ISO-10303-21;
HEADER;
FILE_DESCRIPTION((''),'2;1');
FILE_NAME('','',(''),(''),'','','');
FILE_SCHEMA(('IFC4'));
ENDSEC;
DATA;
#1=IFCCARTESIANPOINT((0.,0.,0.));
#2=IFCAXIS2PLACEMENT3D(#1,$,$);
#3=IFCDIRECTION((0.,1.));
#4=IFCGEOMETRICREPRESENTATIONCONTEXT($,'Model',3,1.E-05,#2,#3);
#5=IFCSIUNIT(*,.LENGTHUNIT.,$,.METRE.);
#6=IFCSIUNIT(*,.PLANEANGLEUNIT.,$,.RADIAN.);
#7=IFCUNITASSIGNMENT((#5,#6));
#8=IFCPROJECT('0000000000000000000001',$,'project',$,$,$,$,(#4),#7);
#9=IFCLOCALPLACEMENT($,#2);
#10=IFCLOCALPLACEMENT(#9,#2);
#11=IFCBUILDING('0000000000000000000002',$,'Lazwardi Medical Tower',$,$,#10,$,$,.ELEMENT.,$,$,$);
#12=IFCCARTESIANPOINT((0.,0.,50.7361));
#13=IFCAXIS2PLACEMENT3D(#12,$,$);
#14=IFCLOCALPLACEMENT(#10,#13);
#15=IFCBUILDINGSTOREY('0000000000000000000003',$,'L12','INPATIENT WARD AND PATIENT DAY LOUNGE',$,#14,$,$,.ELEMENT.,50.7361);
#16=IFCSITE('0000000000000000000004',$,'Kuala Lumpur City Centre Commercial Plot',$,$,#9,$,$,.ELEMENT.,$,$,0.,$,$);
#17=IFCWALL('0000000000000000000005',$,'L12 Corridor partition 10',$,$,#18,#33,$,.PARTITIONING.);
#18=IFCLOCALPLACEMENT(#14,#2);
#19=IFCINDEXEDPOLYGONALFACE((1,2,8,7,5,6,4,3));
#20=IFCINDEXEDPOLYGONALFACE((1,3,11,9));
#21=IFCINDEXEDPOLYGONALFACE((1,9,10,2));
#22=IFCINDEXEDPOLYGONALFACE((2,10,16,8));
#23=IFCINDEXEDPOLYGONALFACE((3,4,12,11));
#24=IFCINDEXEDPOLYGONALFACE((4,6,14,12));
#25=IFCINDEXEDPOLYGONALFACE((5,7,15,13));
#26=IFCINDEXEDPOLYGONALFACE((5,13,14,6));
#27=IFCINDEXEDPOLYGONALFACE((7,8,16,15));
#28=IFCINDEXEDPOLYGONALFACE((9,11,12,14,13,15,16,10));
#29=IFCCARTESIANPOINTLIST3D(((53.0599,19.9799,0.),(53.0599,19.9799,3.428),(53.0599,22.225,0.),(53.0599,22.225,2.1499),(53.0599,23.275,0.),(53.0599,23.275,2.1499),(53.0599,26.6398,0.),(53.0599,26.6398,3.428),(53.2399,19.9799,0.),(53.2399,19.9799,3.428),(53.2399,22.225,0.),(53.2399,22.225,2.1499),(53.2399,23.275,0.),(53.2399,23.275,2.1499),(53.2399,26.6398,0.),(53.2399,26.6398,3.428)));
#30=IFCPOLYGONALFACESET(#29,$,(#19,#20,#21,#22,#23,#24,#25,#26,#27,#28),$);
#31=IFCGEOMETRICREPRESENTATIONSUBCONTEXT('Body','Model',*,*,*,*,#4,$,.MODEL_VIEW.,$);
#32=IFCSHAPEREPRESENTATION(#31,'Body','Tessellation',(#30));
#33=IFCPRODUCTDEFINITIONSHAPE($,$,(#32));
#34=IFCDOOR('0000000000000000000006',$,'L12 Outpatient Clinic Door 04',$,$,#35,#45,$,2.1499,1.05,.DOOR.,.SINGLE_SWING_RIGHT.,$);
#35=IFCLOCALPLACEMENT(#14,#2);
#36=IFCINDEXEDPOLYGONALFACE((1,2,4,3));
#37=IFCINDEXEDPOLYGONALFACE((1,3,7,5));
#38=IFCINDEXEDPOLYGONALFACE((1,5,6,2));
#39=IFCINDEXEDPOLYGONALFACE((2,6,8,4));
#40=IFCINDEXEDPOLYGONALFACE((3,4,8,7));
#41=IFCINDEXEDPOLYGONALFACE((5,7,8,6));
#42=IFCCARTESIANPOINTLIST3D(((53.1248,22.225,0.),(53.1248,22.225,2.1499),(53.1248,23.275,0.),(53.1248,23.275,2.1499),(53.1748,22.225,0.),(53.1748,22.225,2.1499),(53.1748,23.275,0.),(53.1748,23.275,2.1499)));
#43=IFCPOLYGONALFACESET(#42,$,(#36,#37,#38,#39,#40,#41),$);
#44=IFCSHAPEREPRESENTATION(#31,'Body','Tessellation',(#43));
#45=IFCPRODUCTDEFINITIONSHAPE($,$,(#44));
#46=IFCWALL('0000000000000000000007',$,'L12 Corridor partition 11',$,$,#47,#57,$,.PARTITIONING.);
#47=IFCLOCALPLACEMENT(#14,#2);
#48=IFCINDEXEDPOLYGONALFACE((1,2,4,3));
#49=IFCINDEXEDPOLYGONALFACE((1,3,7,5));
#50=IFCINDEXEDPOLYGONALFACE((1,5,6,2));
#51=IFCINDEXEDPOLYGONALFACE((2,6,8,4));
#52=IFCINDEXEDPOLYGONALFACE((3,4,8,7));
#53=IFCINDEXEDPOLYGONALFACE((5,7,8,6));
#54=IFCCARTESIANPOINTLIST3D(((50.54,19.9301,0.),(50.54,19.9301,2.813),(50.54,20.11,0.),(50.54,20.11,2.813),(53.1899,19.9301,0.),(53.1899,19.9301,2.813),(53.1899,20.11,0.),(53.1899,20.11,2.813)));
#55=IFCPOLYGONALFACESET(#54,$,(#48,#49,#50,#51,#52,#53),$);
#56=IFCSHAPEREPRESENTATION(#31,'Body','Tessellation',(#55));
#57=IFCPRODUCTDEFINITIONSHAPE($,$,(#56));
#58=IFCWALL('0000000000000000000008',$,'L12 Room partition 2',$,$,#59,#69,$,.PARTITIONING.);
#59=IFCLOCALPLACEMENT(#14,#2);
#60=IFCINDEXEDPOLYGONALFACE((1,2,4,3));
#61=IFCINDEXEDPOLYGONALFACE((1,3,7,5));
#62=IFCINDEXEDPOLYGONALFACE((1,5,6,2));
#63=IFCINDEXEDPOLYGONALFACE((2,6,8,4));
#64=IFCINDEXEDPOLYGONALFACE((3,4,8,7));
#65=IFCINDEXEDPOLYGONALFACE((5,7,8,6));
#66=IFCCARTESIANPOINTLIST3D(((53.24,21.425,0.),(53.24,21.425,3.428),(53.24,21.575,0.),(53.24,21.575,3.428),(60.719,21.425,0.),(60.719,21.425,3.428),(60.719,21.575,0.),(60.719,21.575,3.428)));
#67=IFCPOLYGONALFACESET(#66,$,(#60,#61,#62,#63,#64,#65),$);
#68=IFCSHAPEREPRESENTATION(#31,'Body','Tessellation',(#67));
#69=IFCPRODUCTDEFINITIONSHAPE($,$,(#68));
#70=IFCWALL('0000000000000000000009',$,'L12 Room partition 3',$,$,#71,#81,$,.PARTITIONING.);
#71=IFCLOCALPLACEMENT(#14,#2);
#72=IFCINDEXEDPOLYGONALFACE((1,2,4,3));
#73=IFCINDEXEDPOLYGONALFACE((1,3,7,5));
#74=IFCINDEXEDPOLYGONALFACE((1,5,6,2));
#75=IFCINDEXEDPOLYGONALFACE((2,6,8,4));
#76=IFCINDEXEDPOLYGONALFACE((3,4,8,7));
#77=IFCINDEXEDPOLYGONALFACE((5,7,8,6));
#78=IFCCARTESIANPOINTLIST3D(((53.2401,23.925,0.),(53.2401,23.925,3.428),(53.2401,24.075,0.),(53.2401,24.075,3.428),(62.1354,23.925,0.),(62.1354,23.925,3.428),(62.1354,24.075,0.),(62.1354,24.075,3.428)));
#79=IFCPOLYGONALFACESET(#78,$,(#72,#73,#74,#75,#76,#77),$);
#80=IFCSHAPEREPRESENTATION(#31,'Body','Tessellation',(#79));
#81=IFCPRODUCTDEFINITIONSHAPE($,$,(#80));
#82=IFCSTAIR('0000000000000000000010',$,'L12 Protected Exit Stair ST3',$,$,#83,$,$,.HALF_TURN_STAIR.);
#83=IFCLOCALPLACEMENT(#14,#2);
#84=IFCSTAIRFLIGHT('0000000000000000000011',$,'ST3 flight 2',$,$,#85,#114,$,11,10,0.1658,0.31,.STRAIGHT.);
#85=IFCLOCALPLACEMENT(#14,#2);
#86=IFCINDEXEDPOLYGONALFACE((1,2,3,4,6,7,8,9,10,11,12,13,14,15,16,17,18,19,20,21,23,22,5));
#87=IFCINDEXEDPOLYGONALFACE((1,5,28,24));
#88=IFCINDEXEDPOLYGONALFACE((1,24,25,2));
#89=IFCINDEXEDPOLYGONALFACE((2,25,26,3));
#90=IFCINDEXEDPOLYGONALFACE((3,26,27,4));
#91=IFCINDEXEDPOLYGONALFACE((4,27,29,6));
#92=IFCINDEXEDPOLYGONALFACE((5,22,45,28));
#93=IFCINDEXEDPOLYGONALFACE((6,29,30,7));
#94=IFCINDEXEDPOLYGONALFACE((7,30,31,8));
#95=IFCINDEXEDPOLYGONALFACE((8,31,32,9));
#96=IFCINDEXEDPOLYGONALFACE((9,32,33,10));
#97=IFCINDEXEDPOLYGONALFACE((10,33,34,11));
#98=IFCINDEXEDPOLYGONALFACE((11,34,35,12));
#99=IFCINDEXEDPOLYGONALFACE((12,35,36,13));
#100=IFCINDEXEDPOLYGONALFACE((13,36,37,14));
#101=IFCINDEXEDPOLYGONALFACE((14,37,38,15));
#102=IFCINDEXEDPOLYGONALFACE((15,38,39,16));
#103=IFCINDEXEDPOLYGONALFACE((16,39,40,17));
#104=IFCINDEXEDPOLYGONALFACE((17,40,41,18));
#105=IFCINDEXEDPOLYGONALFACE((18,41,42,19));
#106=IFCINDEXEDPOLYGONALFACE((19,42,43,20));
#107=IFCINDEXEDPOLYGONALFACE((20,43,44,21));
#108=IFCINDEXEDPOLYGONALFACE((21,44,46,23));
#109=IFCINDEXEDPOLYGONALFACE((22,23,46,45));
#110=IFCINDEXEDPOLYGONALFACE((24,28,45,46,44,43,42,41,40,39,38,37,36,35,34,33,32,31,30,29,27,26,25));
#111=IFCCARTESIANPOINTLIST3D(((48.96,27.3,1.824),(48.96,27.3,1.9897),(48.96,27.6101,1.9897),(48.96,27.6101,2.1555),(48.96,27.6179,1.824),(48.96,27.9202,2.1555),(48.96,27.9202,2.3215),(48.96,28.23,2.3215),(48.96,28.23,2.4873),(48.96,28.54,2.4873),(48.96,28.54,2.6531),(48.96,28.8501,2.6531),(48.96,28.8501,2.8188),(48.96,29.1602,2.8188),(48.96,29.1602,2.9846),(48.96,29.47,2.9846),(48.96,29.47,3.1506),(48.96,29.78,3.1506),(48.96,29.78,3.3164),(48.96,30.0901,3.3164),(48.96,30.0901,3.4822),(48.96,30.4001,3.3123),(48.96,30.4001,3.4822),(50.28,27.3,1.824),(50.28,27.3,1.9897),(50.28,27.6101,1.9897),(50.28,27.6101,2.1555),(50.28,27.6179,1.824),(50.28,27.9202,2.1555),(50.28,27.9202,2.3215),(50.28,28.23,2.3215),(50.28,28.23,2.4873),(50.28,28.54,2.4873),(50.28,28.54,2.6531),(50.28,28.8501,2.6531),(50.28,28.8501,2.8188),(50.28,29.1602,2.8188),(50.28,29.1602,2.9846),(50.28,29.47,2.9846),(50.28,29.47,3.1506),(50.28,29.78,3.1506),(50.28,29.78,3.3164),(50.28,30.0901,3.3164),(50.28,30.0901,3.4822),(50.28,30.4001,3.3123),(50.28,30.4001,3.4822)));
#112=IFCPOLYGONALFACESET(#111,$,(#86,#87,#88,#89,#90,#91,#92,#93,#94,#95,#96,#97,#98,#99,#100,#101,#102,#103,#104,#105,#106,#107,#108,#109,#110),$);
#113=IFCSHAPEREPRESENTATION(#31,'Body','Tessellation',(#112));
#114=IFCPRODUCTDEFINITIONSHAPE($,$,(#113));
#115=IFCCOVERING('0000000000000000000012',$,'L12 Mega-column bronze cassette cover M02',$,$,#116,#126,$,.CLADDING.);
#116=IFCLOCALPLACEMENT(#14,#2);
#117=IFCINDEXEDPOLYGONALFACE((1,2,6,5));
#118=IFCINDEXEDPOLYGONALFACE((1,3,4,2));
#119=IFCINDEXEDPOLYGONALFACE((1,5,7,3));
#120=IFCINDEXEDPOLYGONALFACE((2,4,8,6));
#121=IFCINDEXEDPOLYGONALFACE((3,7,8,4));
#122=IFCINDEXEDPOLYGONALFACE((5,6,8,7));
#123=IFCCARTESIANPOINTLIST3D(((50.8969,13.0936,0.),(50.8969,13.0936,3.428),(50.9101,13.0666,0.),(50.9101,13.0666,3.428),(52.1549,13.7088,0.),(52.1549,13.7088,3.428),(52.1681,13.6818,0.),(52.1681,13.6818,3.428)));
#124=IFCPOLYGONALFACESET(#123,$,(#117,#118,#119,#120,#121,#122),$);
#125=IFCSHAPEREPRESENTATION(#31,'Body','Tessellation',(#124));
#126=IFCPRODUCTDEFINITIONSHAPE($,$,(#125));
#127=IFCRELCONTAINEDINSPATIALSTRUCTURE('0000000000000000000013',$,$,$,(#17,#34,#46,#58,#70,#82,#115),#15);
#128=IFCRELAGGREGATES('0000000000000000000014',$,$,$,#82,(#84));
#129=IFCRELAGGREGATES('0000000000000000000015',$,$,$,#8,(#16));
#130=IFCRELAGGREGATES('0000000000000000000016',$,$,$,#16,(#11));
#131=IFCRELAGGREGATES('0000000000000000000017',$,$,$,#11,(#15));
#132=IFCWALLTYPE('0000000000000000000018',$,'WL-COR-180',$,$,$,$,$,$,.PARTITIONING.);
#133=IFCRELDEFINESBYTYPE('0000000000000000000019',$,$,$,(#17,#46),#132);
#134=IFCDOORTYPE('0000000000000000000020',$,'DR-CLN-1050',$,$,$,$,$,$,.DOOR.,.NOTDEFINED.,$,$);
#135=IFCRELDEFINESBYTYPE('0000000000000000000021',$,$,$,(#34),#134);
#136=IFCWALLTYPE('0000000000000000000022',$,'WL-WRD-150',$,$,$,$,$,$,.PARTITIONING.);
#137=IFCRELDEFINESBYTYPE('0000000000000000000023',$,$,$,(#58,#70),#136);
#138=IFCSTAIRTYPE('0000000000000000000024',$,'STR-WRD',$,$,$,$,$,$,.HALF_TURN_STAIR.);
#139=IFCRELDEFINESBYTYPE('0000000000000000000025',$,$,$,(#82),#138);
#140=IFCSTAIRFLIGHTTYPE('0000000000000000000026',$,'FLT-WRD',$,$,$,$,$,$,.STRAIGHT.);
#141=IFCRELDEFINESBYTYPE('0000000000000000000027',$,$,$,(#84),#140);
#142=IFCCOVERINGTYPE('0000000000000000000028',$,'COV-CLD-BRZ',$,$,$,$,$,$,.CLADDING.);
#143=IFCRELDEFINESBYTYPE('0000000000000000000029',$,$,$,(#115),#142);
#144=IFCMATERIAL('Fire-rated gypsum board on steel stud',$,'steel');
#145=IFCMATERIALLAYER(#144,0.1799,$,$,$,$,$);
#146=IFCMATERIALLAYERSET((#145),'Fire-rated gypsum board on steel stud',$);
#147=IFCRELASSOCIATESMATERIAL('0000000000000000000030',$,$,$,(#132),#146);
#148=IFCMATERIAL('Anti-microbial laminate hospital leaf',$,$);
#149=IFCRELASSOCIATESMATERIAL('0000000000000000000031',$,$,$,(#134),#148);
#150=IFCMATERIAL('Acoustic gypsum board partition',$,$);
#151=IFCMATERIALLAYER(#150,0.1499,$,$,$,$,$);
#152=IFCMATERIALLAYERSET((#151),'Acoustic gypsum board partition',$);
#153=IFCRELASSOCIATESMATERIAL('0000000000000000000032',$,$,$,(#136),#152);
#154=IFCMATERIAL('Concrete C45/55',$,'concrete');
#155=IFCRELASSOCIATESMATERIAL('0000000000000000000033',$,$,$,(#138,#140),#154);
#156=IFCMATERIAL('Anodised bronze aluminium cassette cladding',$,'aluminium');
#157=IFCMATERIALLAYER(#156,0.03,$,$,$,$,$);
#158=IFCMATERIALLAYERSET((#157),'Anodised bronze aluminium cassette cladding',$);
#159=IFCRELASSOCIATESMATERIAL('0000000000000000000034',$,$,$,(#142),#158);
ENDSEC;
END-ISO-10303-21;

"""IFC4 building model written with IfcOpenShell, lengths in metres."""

from ifc_helpers import new_model, si_unit, direction, frame, frame_2d, origin, origin_2d, place, context, subcontext, project, spatial, polyline, rectangle, outline, extrude, material, layer, layer_set, type_object, element, fill, aggregate, save


model = new_model("IFC4")

# Units and contexts
model_context = context("Model", 3, precision=1e-05, world=origin(), true_north=direction((0.0, 1.0)))
body_context = subcontext(model_context, "Body", "Model", "MODEL_VIEW")
ifc_project = project(units=[si_unit("LENGTHUNIT", "METRE"), si_unit("PLANEANGLEUNIT", "RADIAN")], contexts=[model_context])

# Site, building, storey
site_placement = place(None, origin())
site = spatial("IfcSite", under=ifc_project, at=site_placement, Name="Kuala Lumpur City Centre Commercial Plot", CompositionType="ELEMENT", RefElevation=0.0)
building_placement = place(site_placement, origin())
building = spatial("IfcBuilding", under=site, at=building_placement, Name="Lazwardi Medical Tower", CompositionType="ELEMENT")
storey_placement = place(building_placement, frame((0.0, 0.0, 50.7361)))
storey = spatial("IfcBuildingStorey", under=building, at=storey_placement, Name="L12", Description="INPATIENT WARD AND PATIENT DAY LOUNGE", CompositionType="ELEMENT", Elevation=50.7361)

# Wall, opening, door
ifc_material_1 = material(Name="Fire-rated gypsum board on steel stud", Category="steel")
ifc_layer_1 = layer(ifc_material_1, 0.1799)
ifc_layer_set_1 = layer_set([ifc_layer_1], Name="Fire-rated gypsum board on steel stud")
wall_type_1 = type_object("IfcWallType", Name="WL-COR-180", PredefinedType="PARTITIONING", material=ifc_layer_set_1)
wall_1_placement = place(storey_placement, frame((53.1499, 26.6399, 0.0), z_axis=(0.0, 0.0, 1.0), x_axis=(0.0, -1.0, 0.0)))
wall_1 = element("IfcWall", 1, at=wall_1_placement, inside=storey, type_object=wall_type_1, Name="L12 Corridor partition 10", PredefinedType="PARTITIONING", context=body_context, shape_type="SweptSolid", body=[
    extrude(rectangle(XDim=6.6599, YDim=0.1799, at=frame_2d((3.3301, 0.0))), origin(), (0.0, 0.0, 1.0), 3.428),
])
opening_placement = place(wall_1_placement, frame((3.365, 0.0, 0.0)))
opening = element("IfcOpeningElement", 2, at=opening_placement, cuts=wall_1, PredefinedType="OPENING", context=body_context, shape_type="SweptSolid", body=[
    extrude(rectangle(XDim=1.05, YDim=2.1499, at=frame_2d((0.5249, 1.075))), frame((0.0, 0.0999, 0.0), z_axis=(0.0, -1.0, 0.0), x_axis=(1.0, 0.0, 0.0)), (0.0, 0.0, 1.0), 0.2),
])
ifc_material_2 = material(Name="Anti-microbial laminate hospital leaf")
door_type = type_object("IfcDoorType", Name="DR-CLN-1050", OperationType="NOTDEFINED", PredefinedType="DOOR", material=ifc_material_2)
door_placement = place(opening_placement, origin())
door = element("IfcDoor", 3, at=door_placement, inside=storey, type_object=door_type, Name="L12 Outpatient Clinic Door 04", OperationType="SINGLE_SWING_RIGHT", OverallHeight=2.1499, OverallWidth=1.05, PredefinedType="DOOR", context=body_context, shape_type="SweptSolid", body=[
    extrude(rectangle(XDim=1.05, YDim=2.1499, at=frame_2d((0.5249, 1.075))), frame((0.0, 0.0249, 0.0), z_axis=(0.0, -1.0, 0.0), x_axis=(1.0, 0.0, 0.0)), (0.0, 0.0, 1.0), 0.05),
])
fill(opening, door)

# Walls
wall_2_placement = place(storey_placement, frame((53.1899, 20.02, 0.0), z_axis=(0.0, 0.0, 1.0), x_axis=(-1.0, 0.0, 0.0)))
element("IfcWall", 4, at=wall_2_placement, inside=storey, type_object=wall_type_1, Name="L12 Corridor partition 11", PredefinedType="PARTITIONING", context=body_context, shape_type="SweptSolid", body=[
    extrude(rectangle(XDim=2.6499, YDim=0.1799, at=frame_2d((1.325, 0.0))), origin(), (0.0, 0.0, 1.0), 2.813),
])
ifc_material_3 = material(Name="Acoustic gypsum board partition")
ifc_layer_2 = layer(ifc_material_3, 0.1499)
ifc_layer_set_2 = layer_set([ifc_layer_2], Name="Acoustic gypsum board partition")
wall_type_2 = type_object("IfcWallType", Name="WL-WRD-150", PredefinedType="PARTITIONING", material=ifc_layer_set_2)
wall_3_placement = place(storey_placement, frame((53.24, 21.5, 0.0), z_axis=(0.0, 0.0, 1.0), x_axis=(1.0, 0.0, 0.0)))
element("IfcWall", 5, at=wall_3_placement, inside=storey, type_object=wall_type_2, Name="L12 Room partition 2", PredefinedType="PARTITIONING", context=body_context, shape_type="SweptSolid", body=[
    extrude(rectangle(XDim=7.479, YDim=0.1499, at=frame_2d((3.7395, 0.0))), origin(), (0.0, 0.0, 1.0), 3.428),
])
wall_4_placement = place(storey_placement, frame((53.24, 24.0, 0.0), z_axis=(0.0, 0.0, 1.0), x_axis=(1.0, 0.0, 0.0)))
element("IfcWall", 6, at=wall_4_placement, inside=storey, type_object=wall_type_2, Name="L12 Room partition 3", PredefinedType="PARTITIONING", context=body_context, shape_type="SweptSolid", body=[
    extrude(rectangle(XDim=8.8953, YDim=0.1499, at=frame_2d((4.4478, 0.0))), origin(), (0.0, 0.0, 1.0), 3.428),
])

# Stair, stair flight
ifc_material_4 = material(Name="Concrete C45/55", Category="concrete")
stair_type = type_object("IfcStairType", Name="STR-WRD", PredefinedType="HALF_TURN_STAIR", material=ifc_material_4)
stair_placement = place(storey_placement, origin())
stair = element("IfcStair", 7, at=stair_placement, inside=storey, type_object=stair_type, Name="L12 Protected Exit Stair ST3", PredefinedType="HALF_TURN_STAIR")
stair_flight_type = type_object("IfcStairFlightType", Name="FLT-WRD", PredefinedType="STRAIGHT", material=ifc_material_4)
stair_flight_placement = place(storey_placement, frame((49.6201, 27.3, 1.824), z_axis=(0.0, 0.0, 1.0), x_axis=(0.0, 1.0, 0.0)))
stair_flight = element("IfcStairFlight", 8, at=stair_flight_placement, type_object=stair_flight_type, Name="ST3 flight 2", NumberOfRisers=11, NumberOfTreads=10, PredefinedType="STRAIGHT", RiserHeight=0.1658, TreadLength=0.31, context=body_context, shape_type="SweptSolid", body=[
    extrude(outline(polyline([(0.0, 0.0), (0.0, 0.1658), (0.3101, 0.1658), (0.3101, 0.3315), (0.6201, 0.3315), (0.6201, 0.4976), (0.9299, 0.4976), (0.9299, 0.6633), (1.24, 0.6633), (1.24, 0.8291), (1.55, 0.8291), (1.55, 0.9949), (1.8601, 0.9949), (1.8601, 1.1606), (2.1699, 1.1606), (2.1699, 1.3267), (2.48, 1.3267), (2.48, 1.4924), (2.79, 1.4924), (2.79, 1.6582), (3.1001, 1.6582), (3.1001, 1.824), (3.1001, 1.4883), (0.3179, 0.0), (0.0, 0.0)])), frame((0.0, 0.6602, 0.0), z_axis=(0.0, -1.0, 0.0), x_axis=(1.0, 0.0, 0.0)), (0.0, 0.0, 1.0), 1.3201),
])
aggregate(stair, [stair_flight])

# Covering
ifc_material_5 = material(Name="Anodised bronze aluminium cassette cladding", Category="aluminium")
ifc_layer_3 = layer(ifc_material_5, 0.03)
ifc_layer_set_3 = layer_set([ifc_layer_3], Name="Anodised bronze aluminium cassette cladding")
covering_type = type_object("IfcCoveringType", Name="COV-CLD-BRZ", PredefinedType="CLADDING", material=ifc_layer_set_3)
covering_placement = place(storey_placement, frame((51.5325, 13.3877, 0.0), z_axis=(0.0, 0.0, 1.0), x_axis=(0.898334, 0.439312, 0.0)))
element("IfcCovering", 9, at=covering_placement, inside=storey, type_object=covering_type, Name="L12 Mega-column bronze cassette cover M02", PredefinedType="CLADDING", context=body_context, shape_type="SweptSolid", body=[
    extrude(rectangle(XDim=1.4004, YDim=0.03, at=origin_2d()), origin(), (0.0, 0.0, 1.0), 3.428),
])

save(model, "model.ifc")
